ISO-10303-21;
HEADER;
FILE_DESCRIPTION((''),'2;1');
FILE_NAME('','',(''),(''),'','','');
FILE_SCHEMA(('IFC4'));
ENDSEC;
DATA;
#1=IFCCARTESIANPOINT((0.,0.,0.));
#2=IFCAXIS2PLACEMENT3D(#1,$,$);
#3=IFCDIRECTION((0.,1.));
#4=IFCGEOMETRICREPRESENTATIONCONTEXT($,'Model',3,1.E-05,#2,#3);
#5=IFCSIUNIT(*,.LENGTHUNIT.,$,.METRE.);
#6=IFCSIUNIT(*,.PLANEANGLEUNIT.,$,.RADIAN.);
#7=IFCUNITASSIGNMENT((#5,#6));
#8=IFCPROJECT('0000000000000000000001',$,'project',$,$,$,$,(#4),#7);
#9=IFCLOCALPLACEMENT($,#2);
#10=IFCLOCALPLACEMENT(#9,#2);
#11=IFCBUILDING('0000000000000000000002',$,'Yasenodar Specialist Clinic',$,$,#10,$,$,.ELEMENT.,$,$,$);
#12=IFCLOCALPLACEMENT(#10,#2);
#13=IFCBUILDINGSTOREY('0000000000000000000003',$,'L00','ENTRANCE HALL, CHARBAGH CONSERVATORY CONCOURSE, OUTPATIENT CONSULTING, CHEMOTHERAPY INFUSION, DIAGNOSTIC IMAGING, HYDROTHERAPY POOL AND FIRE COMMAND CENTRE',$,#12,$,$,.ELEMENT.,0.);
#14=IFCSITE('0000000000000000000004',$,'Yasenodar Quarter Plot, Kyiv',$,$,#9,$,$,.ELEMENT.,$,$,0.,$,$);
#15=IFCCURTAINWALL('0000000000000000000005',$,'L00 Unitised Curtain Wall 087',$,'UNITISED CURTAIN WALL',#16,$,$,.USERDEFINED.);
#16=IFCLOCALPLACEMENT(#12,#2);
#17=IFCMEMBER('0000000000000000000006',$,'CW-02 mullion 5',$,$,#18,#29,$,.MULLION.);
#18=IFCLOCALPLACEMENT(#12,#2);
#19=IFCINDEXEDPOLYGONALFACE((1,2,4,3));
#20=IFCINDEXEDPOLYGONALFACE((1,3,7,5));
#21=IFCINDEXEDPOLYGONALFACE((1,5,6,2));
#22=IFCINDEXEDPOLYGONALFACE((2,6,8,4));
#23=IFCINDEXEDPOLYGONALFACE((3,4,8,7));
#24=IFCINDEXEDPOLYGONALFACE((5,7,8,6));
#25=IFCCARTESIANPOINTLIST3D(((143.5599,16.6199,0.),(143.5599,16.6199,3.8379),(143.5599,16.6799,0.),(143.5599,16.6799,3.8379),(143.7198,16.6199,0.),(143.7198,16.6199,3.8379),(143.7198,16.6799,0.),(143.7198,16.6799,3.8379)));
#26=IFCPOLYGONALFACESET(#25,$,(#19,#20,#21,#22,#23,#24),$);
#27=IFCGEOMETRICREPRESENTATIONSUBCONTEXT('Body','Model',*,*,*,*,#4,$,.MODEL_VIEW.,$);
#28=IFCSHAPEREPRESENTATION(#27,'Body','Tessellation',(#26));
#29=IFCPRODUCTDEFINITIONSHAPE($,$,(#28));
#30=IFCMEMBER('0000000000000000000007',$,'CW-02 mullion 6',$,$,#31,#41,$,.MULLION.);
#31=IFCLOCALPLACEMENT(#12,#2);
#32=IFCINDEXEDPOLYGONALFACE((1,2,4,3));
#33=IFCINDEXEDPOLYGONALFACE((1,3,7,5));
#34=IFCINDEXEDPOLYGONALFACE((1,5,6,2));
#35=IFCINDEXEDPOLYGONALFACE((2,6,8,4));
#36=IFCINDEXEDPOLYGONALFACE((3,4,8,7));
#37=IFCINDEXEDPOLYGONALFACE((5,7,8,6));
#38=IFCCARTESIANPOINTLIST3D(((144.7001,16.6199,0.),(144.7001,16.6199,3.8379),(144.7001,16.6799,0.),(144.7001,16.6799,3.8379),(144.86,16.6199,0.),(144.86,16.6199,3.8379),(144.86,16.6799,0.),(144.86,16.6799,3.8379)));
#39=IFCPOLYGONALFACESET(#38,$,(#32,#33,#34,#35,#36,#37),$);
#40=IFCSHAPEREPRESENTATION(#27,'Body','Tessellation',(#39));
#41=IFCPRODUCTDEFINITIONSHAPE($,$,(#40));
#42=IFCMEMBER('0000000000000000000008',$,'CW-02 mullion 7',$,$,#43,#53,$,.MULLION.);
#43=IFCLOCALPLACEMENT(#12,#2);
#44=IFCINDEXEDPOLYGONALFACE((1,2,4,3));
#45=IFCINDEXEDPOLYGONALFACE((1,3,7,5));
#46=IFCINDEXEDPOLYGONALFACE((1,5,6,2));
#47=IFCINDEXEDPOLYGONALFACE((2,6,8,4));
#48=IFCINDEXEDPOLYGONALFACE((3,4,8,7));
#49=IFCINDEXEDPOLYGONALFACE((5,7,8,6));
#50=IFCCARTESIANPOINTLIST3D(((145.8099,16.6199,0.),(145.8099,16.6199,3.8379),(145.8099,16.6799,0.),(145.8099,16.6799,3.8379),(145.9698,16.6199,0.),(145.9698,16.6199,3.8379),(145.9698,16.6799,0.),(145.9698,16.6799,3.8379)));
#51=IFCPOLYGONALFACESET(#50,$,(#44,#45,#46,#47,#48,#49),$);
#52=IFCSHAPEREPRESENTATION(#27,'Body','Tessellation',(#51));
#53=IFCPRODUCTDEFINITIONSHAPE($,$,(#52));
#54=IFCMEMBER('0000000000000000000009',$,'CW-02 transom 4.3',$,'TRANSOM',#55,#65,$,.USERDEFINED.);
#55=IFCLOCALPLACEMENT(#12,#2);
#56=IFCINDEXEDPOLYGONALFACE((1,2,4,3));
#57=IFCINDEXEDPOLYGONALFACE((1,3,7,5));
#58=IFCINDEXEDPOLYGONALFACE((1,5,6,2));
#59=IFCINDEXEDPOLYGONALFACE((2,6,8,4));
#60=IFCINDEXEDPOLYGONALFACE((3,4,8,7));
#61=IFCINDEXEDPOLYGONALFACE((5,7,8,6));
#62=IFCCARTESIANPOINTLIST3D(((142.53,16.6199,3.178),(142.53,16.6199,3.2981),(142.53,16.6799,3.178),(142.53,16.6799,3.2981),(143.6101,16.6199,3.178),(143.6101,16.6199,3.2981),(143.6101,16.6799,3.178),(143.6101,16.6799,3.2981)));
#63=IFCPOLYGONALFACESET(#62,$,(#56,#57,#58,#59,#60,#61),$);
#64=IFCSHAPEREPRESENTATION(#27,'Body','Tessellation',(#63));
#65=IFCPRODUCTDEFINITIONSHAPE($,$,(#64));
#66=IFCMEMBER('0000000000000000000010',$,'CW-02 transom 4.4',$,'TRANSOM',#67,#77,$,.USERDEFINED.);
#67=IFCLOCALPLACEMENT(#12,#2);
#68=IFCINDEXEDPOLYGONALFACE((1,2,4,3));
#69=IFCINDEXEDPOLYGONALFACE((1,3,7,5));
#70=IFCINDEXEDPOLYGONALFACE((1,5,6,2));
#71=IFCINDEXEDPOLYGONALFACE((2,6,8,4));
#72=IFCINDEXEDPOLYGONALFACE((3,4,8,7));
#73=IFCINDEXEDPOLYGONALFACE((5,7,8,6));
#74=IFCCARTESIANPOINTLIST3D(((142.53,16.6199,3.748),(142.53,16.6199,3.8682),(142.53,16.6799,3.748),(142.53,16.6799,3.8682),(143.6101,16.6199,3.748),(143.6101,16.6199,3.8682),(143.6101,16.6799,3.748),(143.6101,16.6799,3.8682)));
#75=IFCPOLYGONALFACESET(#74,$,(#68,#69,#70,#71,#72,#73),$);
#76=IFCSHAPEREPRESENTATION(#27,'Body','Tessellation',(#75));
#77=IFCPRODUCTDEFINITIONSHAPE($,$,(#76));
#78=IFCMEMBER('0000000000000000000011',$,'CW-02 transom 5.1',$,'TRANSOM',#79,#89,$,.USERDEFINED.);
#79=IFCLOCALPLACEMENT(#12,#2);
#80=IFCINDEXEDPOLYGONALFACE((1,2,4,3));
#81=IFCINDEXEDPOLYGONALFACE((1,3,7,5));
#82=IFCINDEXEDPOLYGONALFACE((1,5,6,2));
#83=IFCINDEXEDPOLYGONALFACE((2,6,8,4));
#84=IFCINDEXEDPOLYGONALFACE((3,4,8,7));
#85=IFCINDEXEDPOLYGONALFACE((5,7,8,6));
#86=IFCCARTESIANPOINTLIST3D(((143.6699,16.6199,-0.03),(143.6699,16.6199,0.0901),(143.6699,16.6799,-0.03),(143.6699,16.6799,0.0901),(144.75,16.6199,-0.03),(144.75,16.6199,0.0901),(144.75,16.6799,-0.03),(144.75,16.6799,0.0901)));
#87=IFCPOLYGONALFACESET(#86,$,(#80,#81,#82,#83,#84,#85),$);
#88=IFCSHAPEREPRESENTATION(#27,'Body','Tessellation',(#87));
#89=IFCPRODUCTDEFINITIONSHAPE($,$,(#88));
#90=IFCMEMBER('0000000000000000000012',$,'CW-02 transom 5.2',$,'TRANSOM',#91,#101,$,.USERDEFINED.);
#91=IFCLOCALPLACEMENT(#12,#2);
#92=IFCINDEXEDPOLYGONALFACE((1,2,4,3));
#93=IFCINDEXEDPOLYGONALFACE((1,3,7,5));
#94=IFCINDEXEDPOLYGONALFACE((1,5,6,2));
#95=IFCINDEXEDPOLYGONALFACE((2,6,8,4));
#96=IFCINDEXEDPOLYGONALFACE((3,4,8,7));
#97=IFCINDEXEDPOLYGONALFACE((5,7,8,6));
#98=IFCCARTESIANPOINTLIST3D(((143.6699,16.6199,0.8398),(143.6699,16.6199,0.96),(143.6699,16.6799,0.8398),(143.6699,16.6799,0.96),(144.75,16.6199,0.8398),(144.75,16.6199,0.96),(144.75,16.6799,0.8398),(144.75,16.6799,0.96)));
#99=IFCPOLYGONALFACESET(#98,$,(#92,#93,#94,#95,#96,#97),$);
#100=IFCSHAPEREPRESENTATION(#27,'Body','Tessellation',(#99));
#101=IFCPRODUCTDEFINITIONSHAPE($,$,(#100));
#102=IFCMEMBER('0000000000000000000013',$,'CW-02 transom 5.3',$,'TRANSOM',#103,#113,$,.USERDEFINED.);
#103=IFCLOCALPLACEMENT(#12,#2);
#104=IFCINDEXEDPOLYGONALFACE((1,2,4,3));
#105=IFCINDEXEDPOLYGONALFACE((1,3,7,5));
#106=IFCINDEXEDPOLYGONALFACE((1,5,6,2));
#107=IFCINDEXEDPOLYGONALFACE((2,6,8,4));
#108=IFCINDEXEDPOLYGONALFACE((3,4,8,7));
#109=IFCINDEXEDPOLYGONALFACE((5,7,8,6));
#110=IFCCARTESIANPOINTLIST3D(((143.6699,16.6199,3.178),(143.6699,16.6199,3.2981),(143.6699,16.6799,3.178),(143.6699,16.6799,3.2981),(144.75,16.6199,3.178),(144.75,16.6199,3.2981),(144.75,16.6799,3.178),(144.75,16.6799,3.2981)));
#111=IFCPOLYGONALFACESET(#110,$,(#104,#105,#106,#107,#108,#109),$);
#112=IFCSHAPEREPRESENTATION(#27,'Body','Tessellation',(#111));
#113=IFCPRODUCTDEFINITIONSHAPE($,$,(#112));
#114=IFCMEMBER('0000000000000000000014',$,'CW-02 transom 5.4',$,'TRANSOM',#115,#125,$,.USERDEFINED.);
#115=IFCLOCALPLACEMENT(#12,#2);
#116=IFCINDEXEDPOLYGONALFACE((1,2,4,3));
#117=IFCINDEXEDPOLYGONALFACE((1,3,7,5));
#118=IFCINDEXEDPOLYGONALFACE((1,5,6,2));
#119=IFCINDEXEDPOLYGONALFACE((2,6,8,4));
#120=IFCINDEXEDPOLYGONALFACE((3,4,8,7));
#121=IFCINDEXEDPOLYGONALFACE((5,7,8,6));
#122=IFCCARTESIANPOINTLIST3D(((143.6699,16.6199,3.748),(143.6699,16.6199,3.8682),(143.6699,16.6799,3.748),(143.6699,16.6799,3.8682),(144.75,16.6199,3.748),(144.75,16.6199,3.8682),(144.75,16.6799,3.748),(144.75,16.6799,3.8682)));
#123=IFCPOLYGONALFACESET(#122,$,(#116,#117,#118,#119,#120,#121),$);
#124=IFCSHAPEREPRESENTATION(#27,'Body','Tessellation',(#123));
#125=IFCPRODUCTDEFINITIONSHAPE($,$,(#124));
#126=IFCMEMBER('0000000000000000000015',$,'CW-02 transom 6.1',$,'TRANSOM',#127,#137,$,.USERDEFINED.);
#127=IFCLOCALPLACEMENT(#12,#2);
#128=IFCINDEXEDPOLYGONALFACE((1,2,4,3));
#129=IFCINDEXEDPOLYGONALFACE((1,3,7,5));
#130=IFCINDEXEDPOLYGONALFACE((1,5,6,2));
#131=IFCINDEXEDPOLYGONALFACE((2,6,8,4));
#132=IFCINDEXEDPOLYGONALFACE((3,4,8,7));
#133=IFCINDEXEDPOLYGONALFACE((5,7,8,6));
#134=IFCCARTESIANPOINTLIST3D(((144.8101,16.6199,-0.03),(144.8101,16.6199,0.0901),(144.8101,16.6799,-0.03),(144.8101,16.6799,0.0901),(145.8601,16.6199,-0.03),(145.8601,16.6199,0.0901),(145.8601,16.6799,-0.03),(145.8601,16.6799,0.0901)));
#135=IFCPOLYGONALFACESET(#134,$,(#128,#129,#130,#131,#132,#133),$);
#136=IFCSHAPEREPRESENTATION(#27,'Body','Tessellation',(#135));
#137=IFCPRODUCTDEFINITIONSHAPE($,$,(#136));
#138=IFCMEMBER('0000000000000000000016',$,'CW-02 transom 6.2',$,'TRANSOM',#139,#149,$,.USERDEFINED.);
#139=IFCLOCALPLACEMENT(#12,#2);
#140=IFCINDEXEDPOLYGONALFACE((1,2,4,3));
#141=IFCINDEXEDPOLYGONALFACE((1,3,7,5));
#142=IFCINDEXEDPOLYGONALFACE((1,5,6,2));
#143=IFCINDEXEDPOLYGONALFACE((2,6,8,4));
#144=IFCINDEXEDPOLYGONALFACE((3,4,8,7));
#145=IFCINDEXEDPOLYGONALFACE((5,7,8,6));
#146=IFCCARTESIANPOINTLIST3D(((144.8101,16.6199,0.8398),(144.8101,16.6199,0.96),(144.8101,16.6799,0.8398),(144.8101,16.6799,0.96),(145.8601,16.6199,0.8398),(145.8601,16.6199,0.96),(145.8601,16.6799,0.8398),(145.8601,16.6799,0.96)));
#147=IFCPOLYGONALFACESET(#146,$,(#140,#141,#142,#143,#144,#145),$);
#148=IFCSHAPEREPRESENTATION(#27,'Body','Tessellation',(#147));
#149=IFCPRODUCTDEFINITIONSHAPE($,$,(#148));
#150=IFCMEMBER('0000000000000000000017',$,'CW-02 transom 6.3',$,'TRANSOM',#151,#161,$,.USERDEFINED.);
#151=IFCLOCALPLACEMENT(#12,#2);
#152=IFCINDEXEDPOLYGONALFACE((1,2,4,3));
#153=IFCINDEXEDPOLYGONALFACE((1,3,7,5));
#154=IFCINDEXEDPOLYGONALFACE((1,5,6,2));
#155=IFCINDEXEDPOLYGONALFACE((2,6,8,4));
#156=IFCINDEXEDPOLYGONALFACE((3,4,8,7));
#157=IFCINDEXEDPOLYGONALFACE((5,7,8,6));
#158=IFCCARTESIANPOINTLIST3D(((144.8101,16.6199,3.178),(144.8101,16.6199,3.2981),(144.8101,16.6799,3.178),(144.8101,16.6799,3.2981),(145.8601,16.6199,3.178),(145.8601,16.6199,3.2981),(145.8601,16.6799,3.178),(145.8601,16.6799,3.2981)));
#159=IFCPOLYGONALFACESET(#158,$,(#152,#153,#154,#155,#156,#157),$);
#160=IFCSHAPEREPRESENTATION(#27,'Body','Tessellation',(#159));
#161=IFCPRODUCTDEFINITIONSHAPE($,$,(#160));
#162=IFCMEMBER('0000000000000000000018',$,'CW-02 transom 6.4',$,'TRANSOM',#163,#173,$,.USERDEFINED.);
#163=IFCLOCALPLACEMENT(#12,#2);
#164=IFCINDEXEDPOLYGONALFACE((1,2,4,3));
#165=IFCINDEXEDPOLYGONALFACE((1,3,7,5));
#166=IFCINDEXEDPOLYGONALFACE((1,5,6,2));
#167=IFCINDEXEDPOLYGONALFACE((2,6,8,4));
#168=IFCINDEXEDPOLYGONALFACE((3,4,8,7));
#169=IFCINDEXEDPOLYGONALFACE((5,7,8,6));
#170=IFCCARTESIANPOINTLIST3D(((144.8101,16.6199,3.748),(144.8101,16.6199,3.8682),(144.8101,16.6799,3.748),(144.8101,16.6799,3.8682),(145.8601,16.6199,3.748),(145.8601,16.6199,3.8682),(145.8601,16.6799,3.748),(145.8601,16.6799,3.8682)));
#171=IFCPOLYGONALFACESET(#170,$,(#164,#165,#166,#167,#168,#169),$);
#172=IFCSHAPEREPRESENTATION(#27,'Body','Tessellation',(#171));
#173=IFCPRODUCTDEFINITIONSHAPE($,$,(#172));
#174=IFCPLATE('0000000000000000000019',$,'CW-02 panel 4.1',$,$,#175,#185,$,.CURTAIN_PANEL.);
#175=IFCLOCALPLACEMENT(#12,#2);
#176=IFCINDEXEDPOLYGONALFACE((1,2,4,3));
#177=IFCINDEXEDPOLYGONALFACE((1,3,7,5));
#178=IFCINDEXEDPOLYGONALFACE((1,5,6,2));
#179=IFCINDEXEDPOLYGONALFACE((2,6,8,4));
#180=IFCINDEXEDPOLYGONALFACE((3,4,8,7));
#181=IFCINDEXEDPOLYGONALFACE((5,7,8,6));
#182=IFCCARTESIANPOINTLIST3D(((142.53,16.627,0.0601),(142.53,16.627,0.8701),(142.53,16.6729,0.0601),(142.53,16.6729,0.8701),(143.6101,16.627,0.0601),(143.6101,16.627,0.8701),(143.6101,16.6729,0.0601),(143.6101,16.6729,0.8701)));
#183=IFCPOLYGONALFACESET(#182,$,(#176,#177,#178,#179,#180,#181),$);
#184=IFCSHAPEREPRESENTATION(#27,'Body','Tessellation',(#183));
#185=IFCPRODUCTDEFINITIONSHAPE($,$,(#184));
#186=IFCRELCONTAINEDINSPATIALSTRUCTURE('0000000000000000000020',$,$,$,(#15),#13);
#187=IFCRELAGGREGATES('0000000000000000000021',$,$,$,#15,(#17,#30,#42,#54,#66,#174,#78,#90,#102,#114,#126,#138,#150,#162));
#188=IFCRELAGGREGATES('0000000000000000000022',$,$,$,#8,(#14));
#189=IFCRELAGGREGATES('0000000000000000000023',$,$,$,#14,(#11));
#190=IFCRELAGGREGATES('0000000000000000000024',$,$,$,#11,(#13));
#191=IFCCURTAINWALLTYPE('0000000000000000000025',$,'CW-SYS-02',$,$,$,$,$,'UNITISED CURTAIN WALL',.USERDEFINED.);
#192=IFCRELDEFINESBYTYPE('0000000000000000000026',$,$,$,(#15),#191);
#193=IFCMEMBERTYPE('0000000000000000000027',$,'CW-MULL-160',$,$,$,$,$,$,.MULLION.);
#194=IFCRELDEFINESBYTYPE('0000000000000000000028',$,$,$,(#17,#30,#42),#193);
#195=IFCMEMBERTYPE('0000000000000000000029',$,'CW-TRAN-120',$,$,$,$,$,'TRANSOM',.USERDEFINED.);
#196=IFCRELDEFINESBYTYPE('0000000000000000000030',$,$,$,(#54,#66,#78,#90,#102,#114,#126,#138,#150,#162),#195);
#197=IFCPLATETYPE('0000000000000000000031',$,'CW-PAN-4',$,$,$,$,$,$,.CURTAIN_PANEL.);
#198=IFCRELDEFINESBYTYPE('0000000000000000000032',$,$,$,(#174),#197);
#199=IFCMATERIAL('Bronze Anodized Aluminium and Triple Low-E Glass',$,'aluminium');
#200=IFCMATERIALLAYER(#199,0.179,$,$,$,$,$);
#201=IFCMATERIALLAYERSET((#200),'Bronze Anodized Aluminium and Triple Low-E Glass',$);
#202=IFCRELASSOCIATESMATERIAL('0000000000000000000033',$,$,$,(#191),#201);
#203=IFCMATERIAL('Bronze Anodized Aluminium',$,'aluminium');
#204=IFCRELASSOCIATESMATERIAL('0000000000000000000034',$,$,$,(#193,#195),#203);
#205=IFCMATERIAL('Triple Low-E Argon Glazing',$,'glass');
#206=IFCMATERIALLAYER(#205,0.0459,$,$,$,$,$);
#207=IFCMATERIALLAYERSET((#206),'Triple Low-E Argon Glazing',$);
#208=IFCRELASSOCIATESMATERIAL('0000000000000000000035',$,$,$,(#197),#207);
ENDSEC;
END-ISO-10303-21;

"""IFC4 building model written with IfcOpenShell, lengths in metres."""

from ifc_helpers import new_model, si_unit, direction, frame, origin, origin_2d, place, context, subcontext, project, spatial, rectangle, extrude, material, layer, layer_set, material_profile, profile_set, type_object, element, aggregate, save


model = new_model("IFC4")

# Units and contexts
model_context = context("Model", 3, precision=1e-05, world=origin(), true_north=direction((0.0, 1.0)))
body_context = subcontext(model_context, "Body", "Model", "MODEL_VIEW")
ifc_project = project(units=[si_unit("LENGTHUNIT", "METRE"), si_unit("PLANEANGLEUNIT", "RADIAN")], contexts=[model_context])

# Site, building, storey
site_placement = place(None, origin())
site = spatial("IfcSite", under=ifc_project, at=site_placement, Name="Yasenodar Quarter Plot, Kyiv", CompositionType="ELEMENT", RefElevation=0.0)
building_placement = place(site_placement, origin())
building = spatial("IfcBuilding", under=site, at=building_placement, Name="Yasenodar Specialist Clinic", CompositionType="ELEMENT")
storey_placement = place(building_placement, origin())
storey = spatial("IfcBuildingStorey", under=building, at=storey_placement, Name="L00", Description="ENTRANCE HALL, CHARBAGH CONSERVATORY CONCOURSE, OUTPATIENT CONSULTING, CHEMOTHERAPY INFUSION, DIAGNOSTIC IMAGING, HYDROTHERAPY POOL AND FIRE COMMAND CENTRE", CompositionType="ELEMENT", Elevation=0.0)

# Curtain wall, members, plate
ifc_material_1 = material(Name="Bronze Anodized Aluminium and Triple Low-E Glass", Category="aluminium")
ifc_layer_1 = layer(ifc_material_1, 0.179)
ifc_layer_set_1 = layer_set([ifc_layer_1], Name="Bronze Anodized Aluminium and Triple Low-E Glass")
curtain_wall_type = type_object("IfcCurtainWallType", Name="CW-SYS-02", ElementType="UNITISED CURTAIN WALL", PredefinedType="USERDEFINED", material=ifc_layer_set_1)
curtain_wall_placement = place(storey_placement, origin())
curtain_wall = element("IfcCurtainWall", 1, at=curtain_wall_placement, inside=storey, type_object=curtain_wall_type, Name="L00 Unitised Curtain Wall 087", ObjectType="UNITISED CURTAIN WALL", PredefinedType="USERDEFINED")
ifc_material_2 = material(Name="Bronze Anodized Aluminium", Category="aluminium")
ifc_material_profile_1 = material_profile(ifc_material_2, rectangle(XDim=0.0601, YDim=0.1599, at=origin_2d()), Name="CW-MULL 60x160")
ifc_profile_set_1 = profile_set([ifc_material_profile_1], Name="Bronze Anodized Aluminium")
member_type_1 = type_object("IfcMemberType", Name="CW-MULL-160", PredefinedType="MULLION", material=ifc_profile_set_1)
member_1_placement = place(storey_placement, frame((143.6399, 16.6499, 0.0), z_axis=(0.0, 0.0, 1.0), x_axis=(0.0, 1.0, 0.0)))
member_1 = element("IfcMember", 2, at=member_1_placement, type_object=member_type_1, Name="CW-02 mullion 5", PredefinedType="MULLION", context=body_context, shape_type="SweptSolid", body=[
    extrude(rectangle(XDim=0.0601, YDim=0.1599, at=origin_2d()), origin(), (0.0, 0.0, 1.0), 3.8379),
])
member_2_placement = place(storey_placement, frame((144.78, 16.6499, 0.0), z_axis=(0.0, 0.0, 1.0), x_axis=(0.0, 1.0, 0.0)))
member_2 = element("IfcMember", 3, at=member_2_placement, type_object=member_type_1, Name="CW-02 mullion 6", PredefinedType="MULLION", context=body_context, shape_type="SweptSolid", body=[
    extrude(rectangle(XDim=0.0601, YDim=0.1599, at=origin_2d()), origin(), (0.0, 0.0, 1.0), 3.8379),
])
member_3_placement = place(storey_placement, frame((145.8899, 16.6499, 0.0), z_axis=(0.0, 0.0, 1.0), x_axis=(0.0, 1.0, 0.0)))
member_3 = element("IfcMember", 4, at=member_3_placement, type_object=member_type_1, Name="CW-02 mullion 7", PredefinedType="MULLION", context=body_context, shape_type="SweptSolid", body=[
    extrude(rectangle(XDim=0.0601, YDim=0.1599, at=origin_2d()), origin(), (0.0, 0.0, 1.0), 3.8379),
])
ifc_material_profile_2 = material_profile(ifc_material_2, rectangle(XDim=0.0601, YDim=0.1201, at=origin_2d()), Name="CW-TRAN 60x120")
ifc_profile_set_2 = profile_set([ifc_material_profile_2], Name="Bronze Anodized Aluminium")
member_type_2 = type_object("IfcMemberType", Name="CW-TRAN-120", ElementType="TRANSOM", PredefinedType="USERDEFINED", material=ifc_profile_set_2)
member_4_placement = place(storey_placement, frame((142.53, 16.6499, 3.238), z_axis=(1.0, 0.0, 0.0), x_axis=(0.0, 1.0, 0.0)))
member_4 = element("IfcMember", 5, at=member_4_placement, type_object=member_type_2, Name="CW-02 transom 4.3", ObjectType="TRANSOM", PredefinedType="USERDEFINED", context=body_context, shape_type="SweptSolid", body=[
    extrude(rectangle(XDim=0.0601, YDim=0.1201, at=origin_2d()), origin(), (0.0, 0.0, 1.0), 1.0801),
])
member_5_placement = place(storey_placement, frame((142.53, 16.6499, 3.8081), z_axis=(1.0, 0.0, 0.0), x_axis=(0.0, 1.0, 0.0)))
member_5 = element("IfcMember", 6, at=member_5_placement, type_object=member_type_2, Name="CW-02 transom 4.4", ObjectType="TRANSOM", PredefinedType="USERDEFINED", context=body_context, shape_type="SweptSolid", body=[
    extrude(rectangle(XDim=0.0601, YDim=0.1201, at=origin_2d()), origin(), (0.0, 0.0, 1.0), 1.0801),
])
member_6_placement = place(storey_placement, frame((143.6699, 16.6499, 0.03), z_axis=(1.0, 0.0, 0.0), x_axis=(0.0, 1.0, 0.0)))
member_6 = element("IfcMember", 7, at=member_6_placement, type_object=member_type_2, Name="CW-02 transom 5.1", ObjectType="TRANSOM", PredefinedType="USERDEFINED", context=body_context, shape_type="SweptSolid", body=[
    extrude(rectangle(XDim=0.0601, YDim=0.1201, at=origin_2d()), origin(), (0.0, 0.0, 1.0), 1.0801),
])
member_7_placement = place(storey_placement, frame((143.6699, 16.6499, 0.8999), z_axis=(1.0, 0.0, 0.0), x_axis=(0.0, 1.0, 0.0)))
member_7 = element("IfcMember", 8, at=member_7_placement, type_object=member_type_2, Name="CW-02 transom 5.2", ObjectType="TRANSOM", PredefinedType="USERDEFINED", context=body_context, shape_type="SweptSolid", body=[
    extrude(rectangle(XDim=0.0601, YDim=0.1201, at=origin_2d()), origin(), (0.0, 0.0, 1.0), 1.0801),
])
member_8_placement = place(storey_placement, frame((143.6699, 16.6499, 3.238), z_axis=(1.0, 0.0, 0.0), x_axis=(0.0, 1.0, 0.0)))
member_8 = element("IfcMember", 9, at=member_8_placement, type_object=member_type_2, Name="CW-02 transom 5.3", ObjectType="TRANSOM", PredefinedType="USERDEFINED", context=body_context, shape_type="SweptSolid", body=[
    extrude(rectangle(XDim=0.0601, YDim=0.1201, at=origin_2d()), origin(), (0.0, 0.0, 1.0), 1.0801),
])
member_9_placement = place(storey_placement, frame((143.6699, 16.6499, 3.8081), z_axis=(1.0, 0.0, 0.0), x_axis=(0.0, 1.0, 0.0)))
member_9 = element("IfcMember", 10, at=member_9_placement, type_object=member_type_2, Name="CW-02 transom 5.4", ObjectType="TRANSOM", PredefinedType="USERDEFINED", context=body_context, shape_type="SweptSolid", body=[
    extrude(rectangle(XDim=0.0601, YDim=0.1201, at=origin_2d()), origin(), (0.0, 0.0, 1.0), 1.0801),
])
member_10_placement = place(storey_placement, frame((144.8101, 16.6499, 0.03), z_axis=(1.0, 0.0, 0.0), x_axis=(0.0, 1.0, 0.0)))
member_10 = element("IfcMember", 11, at=member_10_placement, type_object=member_type_2, Name="CW-02 transom 6.1", ObjectType="TRANSOM", PredefinedType="USERDEFINED", context=body_context, shape_type="SweptSolid", body=[
    extrude(rectangle(XDim=0.0601, YDim=0.1201, at=origin_2d()), origin(), (0.0, 0.0, 1.0), 1.05),
])
member_11_placement = place(storey_placement, frame((144.8101, 16.6499, 0.8999), z_axis=(1.0, 0.0, 0.0), x_axis=(0.0, 1.0, 0.0)))
member_11 = element("IfcMember", 12, at=member_11_placement, type_object=member_type_2, Name="CW-02 transom 6.2", ObjectType="TRANSOM", PredefinedType="USERDEFINED", context=body_context, shape_type="SweptSolid", body=[
    extrude(rectangle(XDim=0.0601, YDim=0.1201, at=origin_2d()), origin(), (0.0, 0.0, 1.0), 1.05),
])
member_12_placement = place(storey_placement, frame((144.8101, 16.6499, 3.238), z_axis=(1.0, 0.0, 0.0), x_axis=(0.0, 1.0, 0.0)))
member_12 = element("IfcMember", 13, at=member_12_placement, type_object=member_type_2, Name="CW-02 transom 6.3", ObjectType="TRANSOM", PredefinedType="USERDEFINED", context=body_context, shape_type="SweptSolid", body=[
    extrude(rectangle(XDim=0.0601, YDim=0.1201, at=origin_2d()), origin(), (0.0, 0.0, 1.0), 1.05),
])
member_13_placement = place(storey_placement, frame((144.8101, 16.6499, 3.8081), z_axis=(1.0, 0.0, 0.0), x_axis=(0.0, 1.0, 0.0)))
member_13 = element("IfcMember", 14, at=member_13_placement, type_object=member_type_2, Name="CW-02 transom 6.4", ObjectType="TRANSOM", PredefinedType="USERDEFINED", context=body_context, shape_type="SweptSolid", body=[
    extrude(rectangle(XDim=0.0601, YDim=0.1201, at=origin_2d()), origin(), (0.0, 0.0, 1.0), 1.05),
])
ifc_material_3 = material(Name="Triple Low-E Argon Glazing", Category="glass")
ifc_layer_2 = layer(ifc_material_3, 0.0459)
ifc_layer_set_2 = layer_set([ifc_layer_2], Name="Triple Low-E Argon Glazing")
plate_type = type_object("IfcPlateType", Name="CW-PAN-4", PredefinedType="CURTAIN_PANEL", material=ifc_layer_set_2)
plate_1_placement = place(storey_placement, frame((143.0701, 16.6499, 0.0601), z_axis=(0.0, 0.0, 1.0), x_axis=(1.0, 0.0, 0.0)))
plate_1 = element("IfcPlate", 15, at=plate_1_placement, type_object=plate_type, Name="CW-02 panel 4.1", PredefinedType="CURTAIN_PANEL", context=body_context, shape_type="SweptSolid", body=[
    extrude(rectangle(XDim=1.0801, YDim=0.0459, at=origin_2d()), origin(), (0.0, 0.0, 1.0), 0.8101),
])
aggregate(curtain_wall, [member_1, member_2, member_3, member_4, member_5, plate_1, member_6, member_7, member_8, member_9, member_10, member_11, member_12, member_13])

save(model, "model.ifc")
